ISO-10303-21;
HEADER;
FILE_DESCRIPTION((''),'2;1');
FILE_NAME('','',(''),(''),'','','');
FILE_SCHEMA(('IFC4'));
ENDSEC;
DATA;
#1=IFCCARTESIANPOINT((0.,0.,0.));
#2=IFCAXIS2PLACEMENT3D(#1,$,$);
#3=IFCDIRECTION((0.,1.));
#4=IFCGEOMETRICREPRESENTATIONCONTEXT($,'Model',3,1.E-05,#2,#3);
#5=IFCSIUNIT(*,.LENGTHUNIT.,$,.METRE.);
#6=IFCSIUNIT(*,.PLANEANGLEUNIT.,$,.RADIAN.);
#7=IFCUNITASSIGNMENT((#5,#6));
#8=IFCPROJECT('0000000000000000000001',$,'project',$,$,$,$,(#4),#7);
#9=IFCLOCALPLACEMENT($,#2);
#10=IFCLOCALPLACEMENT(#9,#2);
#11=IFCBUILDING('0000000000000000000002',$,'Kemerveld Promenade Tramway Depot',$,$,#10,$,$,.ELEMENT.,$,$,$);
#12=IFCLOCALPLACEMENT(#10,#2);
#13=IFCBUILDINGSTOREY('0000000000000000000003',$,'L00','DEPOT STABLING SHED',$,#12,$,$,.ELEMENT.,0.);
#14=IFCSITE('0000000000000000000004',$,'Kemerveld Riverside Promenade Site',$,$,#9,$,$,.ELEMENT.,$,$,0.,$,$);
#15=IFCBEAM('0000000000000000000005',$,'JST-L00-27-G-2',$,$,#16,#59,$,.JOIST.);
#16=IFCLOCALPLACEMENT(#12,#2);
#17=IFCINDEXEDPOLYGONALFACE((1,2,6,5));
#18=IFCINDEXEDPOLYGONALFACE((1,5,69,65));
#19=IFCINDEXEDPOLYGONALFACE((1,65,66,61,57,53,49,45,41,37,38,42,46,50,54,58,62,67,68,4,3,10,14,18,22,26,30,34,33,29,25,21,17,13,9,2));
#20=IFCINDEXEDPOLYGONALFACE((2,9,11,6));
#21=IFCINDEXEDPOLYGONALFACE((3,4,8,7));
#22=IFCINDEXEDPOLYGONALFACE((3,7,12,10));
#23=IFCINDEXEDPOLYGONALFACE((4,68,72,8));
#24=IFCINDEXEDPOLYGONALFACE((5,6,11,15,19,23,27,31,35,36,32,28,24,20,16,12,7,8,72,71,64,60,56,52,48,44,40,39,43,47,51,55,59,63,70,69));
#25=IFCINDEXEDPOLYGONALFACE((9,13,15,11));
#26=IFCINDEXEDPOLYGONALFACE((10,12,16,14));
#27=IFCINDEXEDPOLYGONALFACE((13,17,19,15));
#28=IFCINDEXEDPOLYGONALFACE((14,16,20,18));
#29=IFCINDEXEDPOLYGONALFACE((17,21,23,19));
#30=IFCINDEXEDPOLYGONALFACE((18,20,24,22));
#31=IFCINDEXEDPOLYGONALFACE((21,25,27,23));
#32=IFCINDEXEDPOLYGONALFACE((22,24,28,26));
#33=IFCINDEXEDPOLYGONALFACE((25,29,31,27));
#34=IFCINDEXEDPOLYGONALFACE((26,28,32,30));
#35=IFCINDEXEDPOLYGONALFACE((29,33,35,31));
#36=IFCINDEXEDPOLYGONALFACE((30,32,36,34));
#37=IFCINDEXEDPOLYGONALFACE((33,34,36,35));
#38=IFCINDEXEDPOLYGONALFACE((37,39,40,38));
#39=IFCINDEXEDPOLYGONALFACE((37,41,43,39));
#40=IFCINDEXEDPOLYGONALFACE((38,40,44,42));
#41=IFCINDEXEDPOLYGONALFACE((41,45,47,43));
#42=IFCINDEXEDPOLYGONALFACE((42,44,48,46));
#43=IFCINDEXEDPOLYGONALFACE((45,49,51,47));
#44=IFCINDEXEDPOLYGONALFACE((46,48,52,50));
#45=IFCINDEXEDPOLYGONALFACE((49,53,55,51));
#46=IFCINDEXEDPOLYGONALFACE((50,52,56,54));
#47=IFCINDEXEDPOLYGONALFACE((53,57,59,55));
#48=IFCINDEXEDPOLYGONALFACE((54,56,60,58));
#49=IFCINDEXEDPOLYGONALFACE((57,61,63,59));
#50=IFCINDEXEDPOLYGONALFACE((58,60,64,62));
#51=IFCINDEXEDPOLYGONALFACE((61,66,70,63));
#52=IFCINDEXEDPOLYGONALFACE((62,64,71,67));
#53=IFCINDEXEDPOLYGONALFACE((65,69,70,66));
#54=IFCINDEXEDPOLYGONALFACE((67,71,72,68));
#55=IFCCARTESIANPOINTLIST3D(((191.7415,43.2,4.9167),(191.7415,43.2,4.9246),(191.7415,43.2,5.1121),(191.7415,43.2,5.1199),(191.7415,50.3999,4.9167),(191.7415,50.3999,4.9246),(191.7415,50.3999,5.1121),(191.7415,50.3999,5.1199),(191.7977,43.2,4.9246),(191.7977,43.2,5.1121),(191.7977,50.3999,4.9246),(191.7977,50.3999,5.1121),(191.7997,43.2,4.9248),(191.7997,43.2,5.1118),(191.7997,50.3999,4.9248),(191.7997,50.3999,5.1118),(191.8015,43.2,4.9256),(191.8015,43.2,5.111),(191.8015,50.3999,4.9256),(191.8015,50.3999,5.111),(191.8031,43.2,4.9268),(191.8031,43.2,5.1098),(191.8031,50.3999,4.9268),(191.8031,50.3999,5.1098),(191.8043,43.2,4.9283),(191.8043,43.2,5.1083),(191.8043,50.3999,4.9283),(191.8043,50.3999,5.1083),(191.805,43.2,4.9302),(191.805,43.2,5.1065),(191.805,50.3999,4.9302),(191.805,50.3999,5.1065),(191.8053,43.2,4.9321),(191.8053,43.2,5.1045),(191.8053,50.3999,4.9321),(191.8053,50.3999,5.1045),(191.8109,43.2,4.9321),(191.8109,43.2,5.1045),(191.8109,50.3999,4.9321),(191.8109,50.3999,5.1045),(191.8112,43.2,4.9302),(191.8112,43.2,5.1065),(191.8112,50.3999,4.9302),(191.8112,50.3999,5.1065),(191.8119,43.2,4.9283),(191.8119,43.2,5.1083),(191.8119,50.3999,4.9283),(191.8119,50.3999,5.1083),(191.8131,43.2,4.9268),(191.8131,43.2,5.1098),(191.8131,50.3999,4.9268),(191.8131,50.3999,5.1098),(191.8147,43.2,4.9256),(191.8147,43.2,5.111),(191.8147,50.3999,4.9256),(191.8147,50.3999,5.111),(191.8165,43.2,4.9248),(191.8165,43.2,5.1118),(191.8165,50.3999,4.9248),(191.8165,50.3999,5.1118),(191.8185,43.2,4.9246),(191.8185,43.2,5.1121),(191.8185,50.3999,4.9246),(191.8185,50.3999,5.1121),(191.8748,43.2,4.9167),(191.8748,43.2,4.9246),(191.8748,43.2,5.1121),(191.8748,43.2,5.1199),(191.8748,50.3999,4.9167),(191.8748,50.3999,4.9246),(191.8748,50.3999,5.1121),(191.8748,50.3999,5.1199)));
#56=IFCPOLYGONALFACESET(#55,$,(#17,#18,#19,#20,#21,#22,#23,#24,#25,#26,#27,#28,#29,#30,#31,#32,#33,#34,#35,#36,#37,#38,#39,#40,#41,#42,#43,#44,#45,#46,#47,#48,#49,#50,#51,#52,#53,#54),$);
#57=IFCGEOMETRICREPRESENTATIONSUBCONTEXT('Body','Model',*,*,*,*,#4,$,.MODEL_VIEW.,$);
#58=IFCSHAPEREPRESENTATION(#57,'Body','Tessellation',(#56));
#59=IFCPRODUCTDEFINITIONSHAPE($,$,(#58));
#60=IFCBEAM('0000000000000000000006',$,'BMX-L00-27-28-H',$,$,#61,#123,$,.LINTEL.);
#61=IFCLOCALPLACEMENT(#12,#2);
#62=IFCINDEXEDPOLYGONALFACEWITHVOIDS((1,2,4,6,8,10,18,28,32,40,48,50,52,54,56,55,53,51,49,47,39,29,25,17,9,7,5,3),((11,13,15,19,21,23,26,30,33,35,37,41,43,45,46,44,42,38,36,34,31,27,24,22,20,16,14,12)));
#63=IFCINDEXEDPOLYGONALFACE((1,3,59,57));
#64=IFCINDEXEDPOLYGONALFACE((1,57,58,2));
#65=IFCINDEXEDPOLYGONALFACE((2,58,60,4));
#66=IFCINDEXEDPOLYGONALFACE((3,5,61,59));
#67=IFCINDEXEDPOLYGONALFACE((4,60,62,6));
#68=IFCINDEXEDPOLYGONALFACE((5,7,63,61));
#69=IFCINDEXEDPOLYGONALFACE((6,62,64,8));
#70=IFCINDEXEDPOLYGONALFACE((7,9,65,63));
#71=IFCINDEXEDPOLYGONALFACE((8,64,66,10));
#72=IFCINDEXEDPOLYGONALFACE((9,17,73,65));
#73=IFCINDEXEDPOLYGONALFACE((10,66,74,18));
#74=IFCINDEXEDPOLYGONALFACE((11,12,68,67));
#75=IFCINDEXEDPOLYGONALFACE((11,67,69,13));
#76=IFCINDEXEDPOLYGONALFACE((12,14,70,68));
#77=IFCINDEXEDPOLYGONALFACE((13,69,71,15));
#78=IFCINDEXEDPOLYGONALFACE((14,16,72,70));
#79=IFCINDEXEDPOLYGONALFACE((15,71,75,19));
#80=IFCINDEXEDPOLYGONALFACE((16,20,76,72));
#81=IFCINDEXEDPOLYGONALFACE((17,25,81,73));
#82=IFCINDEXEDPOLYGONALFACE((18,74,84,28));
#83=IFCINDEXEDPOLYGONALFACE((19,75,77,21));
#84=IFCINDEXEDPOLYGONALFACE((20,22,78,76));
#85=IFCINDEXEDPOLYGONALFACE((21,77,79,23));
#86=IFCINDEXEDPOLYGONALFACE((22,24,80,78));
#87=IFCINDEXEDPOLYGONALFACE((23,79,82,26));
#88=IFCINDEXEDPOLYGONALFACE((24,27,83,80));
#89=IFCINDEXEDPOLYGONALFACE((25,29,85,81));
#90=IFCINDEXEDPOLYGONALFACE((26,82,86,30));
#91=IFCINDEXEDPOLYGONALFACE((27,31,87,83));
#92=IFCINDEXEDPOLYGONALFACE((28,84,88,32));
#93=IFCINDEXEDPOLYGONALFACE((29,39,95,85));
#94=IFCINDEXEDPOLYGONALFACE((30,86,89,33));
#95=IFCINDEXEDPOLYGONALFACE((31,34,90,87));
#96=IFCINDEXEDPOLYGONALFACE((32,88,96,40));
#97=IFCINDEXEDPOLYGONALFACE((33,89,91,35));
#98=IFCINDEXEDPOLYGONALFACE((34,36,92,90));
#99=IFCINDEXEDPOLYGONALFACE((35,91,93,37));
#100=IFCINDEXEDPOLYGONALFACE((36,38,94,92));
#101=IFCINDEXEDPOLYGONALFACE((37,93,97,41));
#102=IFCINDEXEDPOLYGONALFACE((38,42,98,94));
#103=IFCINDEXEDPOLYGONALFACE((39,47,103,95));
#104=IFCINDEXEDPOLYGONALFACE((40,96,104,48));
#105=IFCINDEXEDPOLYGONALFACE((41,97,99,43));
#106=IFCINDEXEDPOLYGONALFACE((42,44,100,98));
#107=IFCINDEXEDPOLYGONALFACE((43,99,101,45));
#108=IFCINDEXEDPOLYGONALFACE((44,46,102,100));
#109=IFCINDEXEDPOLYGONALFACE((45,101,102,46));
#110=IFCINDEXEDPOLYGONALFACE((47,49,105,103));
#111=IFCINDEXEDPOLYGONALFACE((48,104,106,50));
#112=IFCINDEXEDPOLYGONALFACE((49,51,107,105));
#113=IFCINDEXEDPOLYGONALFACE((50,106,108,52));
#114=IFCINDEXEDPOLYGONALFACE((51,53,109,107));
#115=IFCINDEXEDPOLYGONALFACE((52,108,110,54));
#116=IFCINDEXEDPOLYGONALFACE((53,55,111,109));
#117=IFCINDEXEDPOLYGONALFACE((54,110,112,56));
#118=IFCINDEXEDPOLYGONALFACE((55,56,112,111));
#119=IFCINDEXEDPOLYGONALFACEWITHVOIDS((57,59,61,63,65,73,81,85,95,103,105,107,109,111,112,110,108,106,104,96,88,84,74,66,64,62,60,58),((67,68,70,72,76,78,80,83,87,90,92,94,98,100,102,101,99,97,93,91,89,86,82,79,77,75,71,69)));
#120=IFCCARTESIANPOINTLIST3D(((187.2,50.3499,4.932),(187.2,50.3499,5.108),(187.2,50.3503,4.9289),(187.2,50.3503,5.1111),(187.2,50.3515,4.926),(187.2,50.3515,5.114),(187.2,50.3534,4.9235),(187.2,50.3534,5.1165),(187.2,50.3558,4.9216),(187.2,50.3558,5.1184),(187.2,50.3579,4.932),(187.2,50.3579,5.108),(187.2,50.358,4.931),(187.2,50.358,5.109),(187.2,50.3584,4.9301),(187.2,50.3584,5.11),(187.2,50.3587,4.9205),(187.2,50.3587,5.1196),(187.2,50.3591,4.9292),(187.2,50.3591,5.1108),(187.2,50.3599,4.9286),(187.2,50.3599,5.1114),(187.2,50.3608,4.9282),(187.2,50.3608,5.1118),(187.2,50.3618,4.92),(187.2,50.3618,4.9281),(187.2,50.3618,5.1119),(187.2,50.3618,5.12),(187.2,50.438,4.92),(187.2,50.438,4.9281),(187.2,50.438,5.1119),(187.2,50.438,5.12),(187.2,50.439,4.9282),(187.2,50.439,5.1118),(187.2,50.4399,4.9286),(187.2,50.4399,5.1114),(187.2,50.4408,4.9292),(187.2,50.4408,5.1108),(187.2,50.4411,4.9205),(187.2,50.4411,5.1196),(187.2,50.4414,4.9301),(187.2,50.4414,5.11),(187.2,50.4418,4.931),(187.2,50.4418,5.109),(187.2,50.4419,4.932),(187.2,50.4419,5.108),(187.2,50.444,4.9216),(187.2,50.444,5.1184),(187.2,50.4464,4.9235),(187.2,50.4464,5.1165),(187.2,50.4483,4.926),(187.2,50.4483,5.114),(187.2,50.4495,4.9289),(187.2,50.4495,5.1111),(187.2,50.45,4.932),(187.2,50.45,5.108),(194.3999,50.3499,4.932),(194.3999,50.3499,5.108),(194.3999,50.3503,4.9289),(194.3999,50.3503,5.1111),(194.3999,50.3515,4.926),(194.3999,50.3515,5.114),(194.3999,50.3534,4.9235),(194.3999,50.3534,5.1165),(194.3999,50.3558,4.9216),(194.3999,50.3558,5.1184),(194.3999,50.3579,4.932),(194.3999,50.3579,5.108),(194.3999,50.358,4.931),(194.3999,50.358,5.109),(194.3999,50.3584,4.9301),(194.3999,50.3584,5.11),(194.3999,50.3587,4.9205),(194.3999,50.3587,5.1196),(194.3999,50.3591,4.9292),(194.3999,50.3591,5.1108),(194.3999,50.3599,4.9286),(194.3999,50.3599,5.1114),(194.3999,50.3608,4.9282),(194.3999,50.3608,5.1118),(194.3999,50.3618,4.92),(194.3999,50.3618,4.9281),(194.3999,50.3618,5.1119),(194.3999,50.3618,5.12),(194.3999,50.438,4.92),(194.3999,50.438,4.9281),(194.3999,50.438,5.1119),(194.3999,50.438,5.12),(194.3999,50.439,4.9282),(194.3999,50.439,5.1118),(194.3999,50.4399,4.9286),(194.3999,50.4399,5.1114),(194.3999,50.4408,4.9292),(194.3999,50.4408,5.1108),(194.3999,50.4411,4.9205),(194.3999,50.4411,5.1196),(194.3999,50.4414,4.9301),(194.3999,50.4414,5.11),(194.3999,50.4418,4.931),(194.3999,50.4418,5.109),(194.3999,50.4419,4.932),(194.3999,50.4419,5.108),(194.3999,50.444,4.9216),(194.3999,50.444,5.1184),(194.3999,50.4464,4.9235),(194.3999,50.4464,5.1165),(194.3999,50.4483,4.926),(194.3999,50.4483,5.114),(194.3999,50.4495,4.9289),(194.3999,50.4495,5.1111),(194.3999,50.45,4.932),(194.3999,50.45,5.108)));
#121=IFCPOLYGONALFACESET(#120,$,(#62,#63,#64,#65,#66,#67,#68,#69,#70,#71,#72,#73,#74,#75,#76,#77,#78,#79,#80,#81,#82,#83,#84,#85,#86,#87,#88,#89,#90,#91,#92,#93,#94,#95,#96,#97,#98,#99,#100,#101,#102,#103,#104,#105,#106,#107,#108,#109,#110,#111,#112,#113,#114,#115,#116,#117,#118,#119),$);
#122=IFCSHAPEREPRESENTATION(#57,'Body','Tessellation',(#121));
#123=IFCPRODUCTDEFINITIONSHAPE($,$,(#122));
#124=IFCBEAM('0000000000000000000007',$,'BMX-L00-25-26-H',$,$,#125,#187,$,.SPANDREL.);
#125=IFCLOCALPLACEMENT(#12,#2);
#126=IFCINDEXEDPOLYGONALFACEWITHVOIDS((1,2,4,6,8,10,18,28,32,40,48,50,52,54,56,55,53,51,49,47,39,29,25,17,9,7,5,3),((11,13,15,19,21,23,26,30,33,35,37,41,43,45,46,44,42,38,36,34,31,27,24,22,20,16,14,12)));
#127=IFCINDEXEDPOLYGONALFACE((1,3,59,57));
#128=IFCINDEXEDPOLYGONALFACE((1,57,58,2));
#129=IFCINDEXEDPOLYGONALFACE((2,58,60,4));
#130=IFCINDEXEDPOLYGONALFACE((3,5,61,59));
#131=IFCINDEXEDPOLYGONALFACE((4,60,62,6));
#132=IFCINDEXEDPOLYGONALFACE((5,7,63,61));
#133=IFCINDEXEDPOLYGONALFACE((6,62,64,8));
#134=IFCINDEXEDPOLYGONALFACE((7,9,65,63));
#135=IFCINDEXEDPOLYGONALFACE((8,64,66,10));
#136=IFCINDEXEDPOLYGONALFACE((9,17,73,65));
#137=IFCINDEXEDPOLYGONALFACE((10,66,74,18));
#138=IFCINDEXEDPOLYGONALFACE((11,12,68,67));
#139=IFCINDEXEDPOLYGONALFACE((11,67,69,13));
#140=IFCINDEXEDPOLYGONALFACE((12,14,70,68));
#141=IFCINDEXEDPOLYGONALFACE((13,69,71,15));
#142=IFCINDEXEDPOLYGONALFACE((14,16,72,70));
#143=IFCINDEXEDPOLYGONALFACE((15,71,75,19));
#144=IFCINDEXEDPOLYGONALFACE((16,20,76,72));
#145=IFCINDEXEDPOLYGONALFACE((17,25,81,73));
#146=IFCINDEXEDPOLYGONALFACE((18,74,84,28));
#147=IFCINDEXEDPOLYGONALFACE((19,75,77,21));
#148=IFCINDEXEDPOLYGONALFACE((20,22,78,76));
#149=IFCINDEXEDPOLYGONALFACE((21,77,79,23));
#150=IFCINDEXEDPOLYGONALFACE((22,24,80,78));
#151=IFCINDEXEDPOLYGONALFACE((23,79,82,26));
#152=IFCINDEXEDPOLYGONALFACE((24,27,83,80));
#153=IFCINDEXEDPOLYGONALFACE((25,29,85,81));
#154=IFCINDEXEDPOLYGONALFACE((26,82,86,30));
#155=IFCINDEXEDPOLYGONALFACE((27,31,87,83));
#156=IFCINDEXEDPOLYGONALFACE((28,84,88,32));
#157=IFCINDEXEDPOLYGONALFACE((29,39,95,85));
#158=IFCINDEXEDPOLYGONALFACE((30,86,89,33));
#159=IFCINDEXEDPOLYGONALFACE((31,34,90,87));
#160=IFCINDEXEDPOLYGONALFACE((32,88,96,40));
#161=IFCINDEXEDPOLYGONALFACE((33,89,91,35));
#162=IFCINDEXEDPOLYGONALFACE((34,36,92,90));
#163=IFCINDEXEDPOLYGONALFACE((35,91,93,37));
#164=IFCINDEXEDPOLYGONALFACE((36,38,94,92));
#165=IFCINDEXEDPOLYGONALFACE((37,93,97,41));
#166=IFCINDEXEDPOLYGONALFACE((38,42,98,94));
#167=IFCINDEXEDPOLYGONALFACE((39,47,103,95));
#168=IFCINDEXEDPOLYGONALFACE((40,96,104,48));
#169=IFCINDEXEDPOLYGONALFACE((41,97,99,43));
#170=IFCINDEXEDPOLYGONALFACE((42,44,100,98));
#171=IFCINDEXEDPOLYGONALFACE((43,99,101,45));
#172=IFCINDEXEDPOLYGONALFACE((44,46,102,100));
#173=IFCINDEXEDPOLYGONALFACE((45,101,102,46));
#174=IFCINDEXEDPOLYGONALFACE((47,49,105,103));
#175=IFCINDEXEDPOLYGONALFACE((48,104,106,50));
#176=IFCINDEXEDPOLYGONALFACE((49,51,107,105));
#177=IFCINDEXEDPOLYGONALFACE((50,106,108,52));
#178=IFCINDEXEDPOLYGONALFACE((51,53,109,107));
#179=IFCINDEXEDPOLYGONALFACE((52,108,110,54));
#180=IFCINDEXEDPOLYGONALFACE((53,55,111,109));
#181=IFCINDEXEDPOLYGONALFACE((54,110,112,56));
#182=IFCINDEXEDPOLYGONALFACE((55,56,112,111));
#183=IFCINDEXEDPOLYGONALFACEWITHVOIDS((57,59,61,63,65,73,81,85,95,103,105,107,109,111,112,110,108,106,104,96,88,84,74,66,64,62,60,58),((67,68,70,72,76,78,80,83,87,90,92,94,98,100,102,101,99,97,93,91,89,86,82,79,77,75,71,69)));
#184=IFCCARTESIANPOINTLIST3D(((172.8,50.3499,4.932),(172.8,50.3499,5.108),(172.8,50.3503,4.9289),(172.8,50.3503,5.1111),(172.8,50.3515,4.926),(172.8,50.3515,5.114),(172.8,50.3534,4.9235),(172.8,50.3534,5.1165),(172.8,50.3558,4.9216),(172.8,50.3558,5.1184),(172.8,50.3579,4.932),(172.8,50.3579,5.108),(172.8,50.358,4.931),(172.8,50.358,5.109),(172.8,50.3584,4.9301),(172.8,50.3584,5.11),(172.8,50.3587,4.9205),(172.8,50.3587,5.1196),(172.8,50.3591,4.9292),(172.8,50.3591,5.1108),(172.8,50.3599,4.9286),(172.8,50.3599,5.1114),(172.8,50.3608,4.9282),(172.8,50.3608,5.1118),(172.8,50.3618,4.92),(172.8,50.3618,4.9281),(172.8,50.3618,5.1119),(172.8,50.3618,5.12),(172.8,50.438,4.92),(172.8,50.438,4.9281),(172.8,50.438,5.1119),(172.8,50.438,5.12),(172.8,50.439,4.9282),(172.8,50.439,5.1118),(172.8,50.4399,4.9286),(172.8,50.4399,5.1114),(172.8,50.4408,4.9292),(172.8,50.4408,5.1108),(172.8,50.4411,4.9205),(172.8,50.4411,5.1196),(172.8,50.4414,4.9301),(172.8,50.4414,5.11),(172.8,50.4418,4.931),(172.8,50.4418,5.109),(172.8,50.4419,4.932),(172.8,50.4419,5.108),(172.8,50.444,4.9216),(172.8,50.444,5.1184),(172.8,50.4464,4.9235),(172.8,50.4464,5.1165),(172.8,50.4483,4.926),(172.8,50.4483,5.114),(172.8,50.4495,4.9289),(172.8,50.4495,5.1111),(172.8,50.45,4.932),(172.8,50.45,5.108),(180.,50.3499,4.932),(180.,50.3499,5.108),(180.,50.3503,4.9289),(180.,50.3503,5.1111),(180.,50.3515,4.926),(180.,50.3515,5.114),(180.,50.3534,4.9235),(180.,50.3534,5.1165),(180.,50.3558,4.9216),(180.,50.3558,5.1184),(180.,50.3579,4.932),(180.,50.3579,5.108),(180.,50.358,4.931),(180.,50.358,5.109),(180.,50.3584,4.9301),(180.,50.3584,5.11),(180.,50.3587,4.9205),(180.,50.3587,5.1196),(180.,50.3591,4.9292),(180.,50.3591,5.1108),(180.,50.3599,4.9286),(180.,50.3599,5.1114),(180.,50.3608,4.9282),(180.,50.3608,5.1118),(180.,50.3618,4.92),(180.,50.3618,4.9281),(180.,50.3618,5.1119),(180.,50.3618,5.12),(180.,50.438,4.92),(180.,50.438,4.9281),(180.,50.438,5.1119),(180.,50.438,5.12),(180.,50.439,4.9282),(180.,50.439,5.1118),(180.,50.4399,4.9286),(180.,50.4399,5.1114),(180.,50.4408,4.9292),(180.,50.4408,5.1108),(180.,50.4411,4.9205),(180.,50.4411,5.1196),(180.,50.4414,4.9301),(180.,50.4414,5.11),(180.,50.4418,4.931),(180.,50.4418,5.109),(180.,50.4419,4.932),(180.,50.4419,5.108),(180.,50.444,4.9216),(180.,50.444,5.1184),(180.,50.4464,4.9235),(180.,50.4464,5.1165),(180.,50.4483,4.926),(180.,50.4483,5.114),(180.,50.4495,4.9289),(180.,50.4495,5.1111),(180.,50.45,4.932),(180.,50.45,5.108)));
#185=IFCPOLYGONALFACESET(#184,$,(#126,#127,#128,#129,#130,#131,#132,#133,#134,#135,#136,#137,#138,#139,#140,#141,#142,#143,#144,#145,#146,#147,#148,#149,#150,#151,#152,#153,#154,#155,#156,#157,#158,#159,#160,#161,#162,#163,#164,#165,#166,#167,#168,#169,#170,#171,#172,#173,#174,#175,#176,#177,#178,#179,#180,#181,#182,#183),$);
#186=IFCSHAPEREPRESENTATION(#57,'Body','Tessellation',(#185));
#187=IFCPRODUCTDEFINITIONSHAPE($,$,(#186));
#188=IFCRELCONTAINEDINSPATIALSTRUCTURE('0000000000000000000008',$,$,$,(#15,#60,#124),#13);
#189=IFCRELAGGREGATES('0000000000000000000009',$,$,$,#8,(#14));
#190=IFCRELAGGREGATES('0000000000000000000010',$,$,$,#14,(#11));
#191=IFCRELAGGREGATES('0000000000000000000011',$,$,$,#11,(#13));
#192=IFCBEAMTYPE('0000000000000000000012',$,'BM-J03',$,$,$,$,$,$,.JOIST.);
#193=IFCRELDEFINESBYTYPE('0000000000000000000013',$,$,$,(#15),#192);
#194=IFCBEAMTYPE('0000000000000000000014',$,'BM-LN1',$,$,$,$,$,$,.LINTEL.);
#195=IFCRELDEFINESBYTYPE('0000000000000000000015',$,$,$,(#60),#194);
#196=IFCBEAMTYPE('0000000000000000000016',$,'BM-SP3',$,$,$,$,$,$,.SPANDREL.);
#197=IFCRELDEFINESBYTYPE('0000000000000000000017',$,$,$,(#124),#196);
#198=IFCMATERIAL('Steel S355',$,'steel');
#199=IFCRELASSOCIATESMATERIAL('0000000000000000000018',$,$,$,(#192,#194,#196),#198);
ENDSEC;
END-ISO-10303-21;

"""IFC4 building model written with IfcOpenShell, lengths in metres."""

from ifc_helpers import new_model, si_unit, direction, frame, origin, origin_2d, place, context, subcontext, project, spatial, hollow_rectangle, i_section, extrude, material, material_profile, profile_set, type_object, element, save


model = new_model("IFC4")

# Units and contexts
model_context = context("Model", 3, precision=1e-05, world=origin(), true_north=direction((0.0, 1.0)))
body_context = subcontext(model_context, "Body", "Model", "MODEL_VIEW")
ifc_project = project(units=[si_unit("LENGTHUNIT", "METRE"), si_unit("PLANEANGLEUNIT", "RADIAN")], contexts=[model_context])

# Site, building, storey
site_placement = place(None, origin())
site = spatial("IfcSite", under=ifc_project, at=site_placement, Name="Kemerveld Riverside Promenade Site", CompositionType="ELEMENT", RefElevation=0.0)
building_placement = place(site_placement, origin())
building = spatial("IfcBuilding", under=site, at=building_placement, Name="Kemerveld Promenade Tramway Depot", CompositionType="ELEMENT")
storey_placement = place(building_placement, origin())
storey = spatial("IfcBuildingStorey", under=building, at=storey_placement, Name="L00", Description="DEPOT STABLING SHED", CompositionType="ELEMENT", Elevation=0.0)

# Shared definitions
ifc_material_1 = material(Name="Steel S355", Category="steel")

# Beams
ifc_material_profile_1 = material_profile(ifc_material_1, i_section(OverallWidth=0.1333, OverallDepth=0.2031, WebThickness=0.0056, FlangeThickness=0.0078, FilletRadius=0.0076, at=origin_2d()), Name="203x133x25 UB")
ifc_profile_set_1 = profile_set([ifc_material_profile_1], Name="Steel S355")
beam_type_1 = type_object("IfcBeamType", Name="BM-J03", PredefinedType="JOIST", material=ifc_profile_set_1)
beam_1_placement = place(storey_placement, frame((191.8081, 43.2, 5.0183), z_axis=(0.0, 1.0, 0.0), x_axis=(-1.0, 0.0, 0.0)))
element("IfcBeam", 1, at=beam_1_placement, inside=storey, type_object=beam_type_1, Name="JST-L00-27-G-2", PredefinedType="JOIST", context=body_context, shape_type="SweptSolid", body=[
    extrude(i_section(OverallWidth=0.1333, OverallDepth=0.2031, WebThickness=0.0056, FlangeThickness=0.0078, FilletRadius=0.0076, at=origin_2d()), origin(), (0.0, 0.0, 1.0), 7.2),
])
ifc_material_profile_2 = material_profile(ifc_material_1, hollow_rectangle(XDim=0.1001, YDim=0.2, WallThickness=0.0081, InnerFilletRadius=0.0039, OuterFilletRadius=0.012, at=origin_2d()), Name="200x100x8.0 RHS")
ifc_profile_set_2 = profile_set([ifc_material_profile_2], Name="Steel S355")
beam_type_2 = type_object("IfcBeamType", Name="BM-LN1", PredefinedType="LINTEL", material=ifc_profile_set_2)
beam_2_placement = place(storey_placement, frame((187.2, 50.3999, 5.02), z_axis=(1.0, 0.0, 0.0), x_axis=(0.0, 1.0, 0.0)))
element("IfcBeam", 2, at=beam_2_placement, inside=storey, type_object=beam_type_2, Name="BMX-L00-27-28-H", PredefinedType="LINTEL", context=body_context, shape_type="SweptSolid", body=[
    extrude(hollow_rectangle(XDim=0.1001, YDim=0.2, WallThickness=0.0081, InnerFilletRadius=0.0039, OuterFilletRadius=0.012, at=origin_2d()), origin(), (0.0, 0.0, 1.0), 7.2),
])
ifc_material_profile_3 = material_profile(ifc_material_1, hollow_rectangle(XDim=0.1001, YDim=0.2, WallThickness=0.0081, InnerFilletRadius=0.0039, OuterFilletRadius=0.012, at=origin_2d()), Name="200x100x8.0 RHS")
ifc_profile_set_3 = profile_set([ifc_material_profile_3], Name="Steel S355")
beam_type_3 = type_object("IfcBeamType", Name="BM-SP3", PredefinedType="SPANDREL", material=ifc_profile_set_3)
beam_3_placement = place(storey_placement, frame((172.8, 50.3999, 5.02), z_axis=(1.0, 0.0, 0.0), x_axis=(0.0, 1.0, 0.0)))
element("IfcBeam", 3, at=beam_3_placement, inside=storey, type_object=beam_type_3, Name="BMX-L00-25-26-H", PredefinedType="SPANDREL", context=body_context, shape_type="SweptSolid", body=[
    extrude(hollow_rectangle(XDim=0.1001, YDim=0.2, WallThickness=0.0081, InnerFilletRadius=0.0039, OuterFilletRadius=0.012, at=origin_2d()), origin(), (0.0, 0.0, 1.0), 7.2),
])

save(model, "model.ifc")
